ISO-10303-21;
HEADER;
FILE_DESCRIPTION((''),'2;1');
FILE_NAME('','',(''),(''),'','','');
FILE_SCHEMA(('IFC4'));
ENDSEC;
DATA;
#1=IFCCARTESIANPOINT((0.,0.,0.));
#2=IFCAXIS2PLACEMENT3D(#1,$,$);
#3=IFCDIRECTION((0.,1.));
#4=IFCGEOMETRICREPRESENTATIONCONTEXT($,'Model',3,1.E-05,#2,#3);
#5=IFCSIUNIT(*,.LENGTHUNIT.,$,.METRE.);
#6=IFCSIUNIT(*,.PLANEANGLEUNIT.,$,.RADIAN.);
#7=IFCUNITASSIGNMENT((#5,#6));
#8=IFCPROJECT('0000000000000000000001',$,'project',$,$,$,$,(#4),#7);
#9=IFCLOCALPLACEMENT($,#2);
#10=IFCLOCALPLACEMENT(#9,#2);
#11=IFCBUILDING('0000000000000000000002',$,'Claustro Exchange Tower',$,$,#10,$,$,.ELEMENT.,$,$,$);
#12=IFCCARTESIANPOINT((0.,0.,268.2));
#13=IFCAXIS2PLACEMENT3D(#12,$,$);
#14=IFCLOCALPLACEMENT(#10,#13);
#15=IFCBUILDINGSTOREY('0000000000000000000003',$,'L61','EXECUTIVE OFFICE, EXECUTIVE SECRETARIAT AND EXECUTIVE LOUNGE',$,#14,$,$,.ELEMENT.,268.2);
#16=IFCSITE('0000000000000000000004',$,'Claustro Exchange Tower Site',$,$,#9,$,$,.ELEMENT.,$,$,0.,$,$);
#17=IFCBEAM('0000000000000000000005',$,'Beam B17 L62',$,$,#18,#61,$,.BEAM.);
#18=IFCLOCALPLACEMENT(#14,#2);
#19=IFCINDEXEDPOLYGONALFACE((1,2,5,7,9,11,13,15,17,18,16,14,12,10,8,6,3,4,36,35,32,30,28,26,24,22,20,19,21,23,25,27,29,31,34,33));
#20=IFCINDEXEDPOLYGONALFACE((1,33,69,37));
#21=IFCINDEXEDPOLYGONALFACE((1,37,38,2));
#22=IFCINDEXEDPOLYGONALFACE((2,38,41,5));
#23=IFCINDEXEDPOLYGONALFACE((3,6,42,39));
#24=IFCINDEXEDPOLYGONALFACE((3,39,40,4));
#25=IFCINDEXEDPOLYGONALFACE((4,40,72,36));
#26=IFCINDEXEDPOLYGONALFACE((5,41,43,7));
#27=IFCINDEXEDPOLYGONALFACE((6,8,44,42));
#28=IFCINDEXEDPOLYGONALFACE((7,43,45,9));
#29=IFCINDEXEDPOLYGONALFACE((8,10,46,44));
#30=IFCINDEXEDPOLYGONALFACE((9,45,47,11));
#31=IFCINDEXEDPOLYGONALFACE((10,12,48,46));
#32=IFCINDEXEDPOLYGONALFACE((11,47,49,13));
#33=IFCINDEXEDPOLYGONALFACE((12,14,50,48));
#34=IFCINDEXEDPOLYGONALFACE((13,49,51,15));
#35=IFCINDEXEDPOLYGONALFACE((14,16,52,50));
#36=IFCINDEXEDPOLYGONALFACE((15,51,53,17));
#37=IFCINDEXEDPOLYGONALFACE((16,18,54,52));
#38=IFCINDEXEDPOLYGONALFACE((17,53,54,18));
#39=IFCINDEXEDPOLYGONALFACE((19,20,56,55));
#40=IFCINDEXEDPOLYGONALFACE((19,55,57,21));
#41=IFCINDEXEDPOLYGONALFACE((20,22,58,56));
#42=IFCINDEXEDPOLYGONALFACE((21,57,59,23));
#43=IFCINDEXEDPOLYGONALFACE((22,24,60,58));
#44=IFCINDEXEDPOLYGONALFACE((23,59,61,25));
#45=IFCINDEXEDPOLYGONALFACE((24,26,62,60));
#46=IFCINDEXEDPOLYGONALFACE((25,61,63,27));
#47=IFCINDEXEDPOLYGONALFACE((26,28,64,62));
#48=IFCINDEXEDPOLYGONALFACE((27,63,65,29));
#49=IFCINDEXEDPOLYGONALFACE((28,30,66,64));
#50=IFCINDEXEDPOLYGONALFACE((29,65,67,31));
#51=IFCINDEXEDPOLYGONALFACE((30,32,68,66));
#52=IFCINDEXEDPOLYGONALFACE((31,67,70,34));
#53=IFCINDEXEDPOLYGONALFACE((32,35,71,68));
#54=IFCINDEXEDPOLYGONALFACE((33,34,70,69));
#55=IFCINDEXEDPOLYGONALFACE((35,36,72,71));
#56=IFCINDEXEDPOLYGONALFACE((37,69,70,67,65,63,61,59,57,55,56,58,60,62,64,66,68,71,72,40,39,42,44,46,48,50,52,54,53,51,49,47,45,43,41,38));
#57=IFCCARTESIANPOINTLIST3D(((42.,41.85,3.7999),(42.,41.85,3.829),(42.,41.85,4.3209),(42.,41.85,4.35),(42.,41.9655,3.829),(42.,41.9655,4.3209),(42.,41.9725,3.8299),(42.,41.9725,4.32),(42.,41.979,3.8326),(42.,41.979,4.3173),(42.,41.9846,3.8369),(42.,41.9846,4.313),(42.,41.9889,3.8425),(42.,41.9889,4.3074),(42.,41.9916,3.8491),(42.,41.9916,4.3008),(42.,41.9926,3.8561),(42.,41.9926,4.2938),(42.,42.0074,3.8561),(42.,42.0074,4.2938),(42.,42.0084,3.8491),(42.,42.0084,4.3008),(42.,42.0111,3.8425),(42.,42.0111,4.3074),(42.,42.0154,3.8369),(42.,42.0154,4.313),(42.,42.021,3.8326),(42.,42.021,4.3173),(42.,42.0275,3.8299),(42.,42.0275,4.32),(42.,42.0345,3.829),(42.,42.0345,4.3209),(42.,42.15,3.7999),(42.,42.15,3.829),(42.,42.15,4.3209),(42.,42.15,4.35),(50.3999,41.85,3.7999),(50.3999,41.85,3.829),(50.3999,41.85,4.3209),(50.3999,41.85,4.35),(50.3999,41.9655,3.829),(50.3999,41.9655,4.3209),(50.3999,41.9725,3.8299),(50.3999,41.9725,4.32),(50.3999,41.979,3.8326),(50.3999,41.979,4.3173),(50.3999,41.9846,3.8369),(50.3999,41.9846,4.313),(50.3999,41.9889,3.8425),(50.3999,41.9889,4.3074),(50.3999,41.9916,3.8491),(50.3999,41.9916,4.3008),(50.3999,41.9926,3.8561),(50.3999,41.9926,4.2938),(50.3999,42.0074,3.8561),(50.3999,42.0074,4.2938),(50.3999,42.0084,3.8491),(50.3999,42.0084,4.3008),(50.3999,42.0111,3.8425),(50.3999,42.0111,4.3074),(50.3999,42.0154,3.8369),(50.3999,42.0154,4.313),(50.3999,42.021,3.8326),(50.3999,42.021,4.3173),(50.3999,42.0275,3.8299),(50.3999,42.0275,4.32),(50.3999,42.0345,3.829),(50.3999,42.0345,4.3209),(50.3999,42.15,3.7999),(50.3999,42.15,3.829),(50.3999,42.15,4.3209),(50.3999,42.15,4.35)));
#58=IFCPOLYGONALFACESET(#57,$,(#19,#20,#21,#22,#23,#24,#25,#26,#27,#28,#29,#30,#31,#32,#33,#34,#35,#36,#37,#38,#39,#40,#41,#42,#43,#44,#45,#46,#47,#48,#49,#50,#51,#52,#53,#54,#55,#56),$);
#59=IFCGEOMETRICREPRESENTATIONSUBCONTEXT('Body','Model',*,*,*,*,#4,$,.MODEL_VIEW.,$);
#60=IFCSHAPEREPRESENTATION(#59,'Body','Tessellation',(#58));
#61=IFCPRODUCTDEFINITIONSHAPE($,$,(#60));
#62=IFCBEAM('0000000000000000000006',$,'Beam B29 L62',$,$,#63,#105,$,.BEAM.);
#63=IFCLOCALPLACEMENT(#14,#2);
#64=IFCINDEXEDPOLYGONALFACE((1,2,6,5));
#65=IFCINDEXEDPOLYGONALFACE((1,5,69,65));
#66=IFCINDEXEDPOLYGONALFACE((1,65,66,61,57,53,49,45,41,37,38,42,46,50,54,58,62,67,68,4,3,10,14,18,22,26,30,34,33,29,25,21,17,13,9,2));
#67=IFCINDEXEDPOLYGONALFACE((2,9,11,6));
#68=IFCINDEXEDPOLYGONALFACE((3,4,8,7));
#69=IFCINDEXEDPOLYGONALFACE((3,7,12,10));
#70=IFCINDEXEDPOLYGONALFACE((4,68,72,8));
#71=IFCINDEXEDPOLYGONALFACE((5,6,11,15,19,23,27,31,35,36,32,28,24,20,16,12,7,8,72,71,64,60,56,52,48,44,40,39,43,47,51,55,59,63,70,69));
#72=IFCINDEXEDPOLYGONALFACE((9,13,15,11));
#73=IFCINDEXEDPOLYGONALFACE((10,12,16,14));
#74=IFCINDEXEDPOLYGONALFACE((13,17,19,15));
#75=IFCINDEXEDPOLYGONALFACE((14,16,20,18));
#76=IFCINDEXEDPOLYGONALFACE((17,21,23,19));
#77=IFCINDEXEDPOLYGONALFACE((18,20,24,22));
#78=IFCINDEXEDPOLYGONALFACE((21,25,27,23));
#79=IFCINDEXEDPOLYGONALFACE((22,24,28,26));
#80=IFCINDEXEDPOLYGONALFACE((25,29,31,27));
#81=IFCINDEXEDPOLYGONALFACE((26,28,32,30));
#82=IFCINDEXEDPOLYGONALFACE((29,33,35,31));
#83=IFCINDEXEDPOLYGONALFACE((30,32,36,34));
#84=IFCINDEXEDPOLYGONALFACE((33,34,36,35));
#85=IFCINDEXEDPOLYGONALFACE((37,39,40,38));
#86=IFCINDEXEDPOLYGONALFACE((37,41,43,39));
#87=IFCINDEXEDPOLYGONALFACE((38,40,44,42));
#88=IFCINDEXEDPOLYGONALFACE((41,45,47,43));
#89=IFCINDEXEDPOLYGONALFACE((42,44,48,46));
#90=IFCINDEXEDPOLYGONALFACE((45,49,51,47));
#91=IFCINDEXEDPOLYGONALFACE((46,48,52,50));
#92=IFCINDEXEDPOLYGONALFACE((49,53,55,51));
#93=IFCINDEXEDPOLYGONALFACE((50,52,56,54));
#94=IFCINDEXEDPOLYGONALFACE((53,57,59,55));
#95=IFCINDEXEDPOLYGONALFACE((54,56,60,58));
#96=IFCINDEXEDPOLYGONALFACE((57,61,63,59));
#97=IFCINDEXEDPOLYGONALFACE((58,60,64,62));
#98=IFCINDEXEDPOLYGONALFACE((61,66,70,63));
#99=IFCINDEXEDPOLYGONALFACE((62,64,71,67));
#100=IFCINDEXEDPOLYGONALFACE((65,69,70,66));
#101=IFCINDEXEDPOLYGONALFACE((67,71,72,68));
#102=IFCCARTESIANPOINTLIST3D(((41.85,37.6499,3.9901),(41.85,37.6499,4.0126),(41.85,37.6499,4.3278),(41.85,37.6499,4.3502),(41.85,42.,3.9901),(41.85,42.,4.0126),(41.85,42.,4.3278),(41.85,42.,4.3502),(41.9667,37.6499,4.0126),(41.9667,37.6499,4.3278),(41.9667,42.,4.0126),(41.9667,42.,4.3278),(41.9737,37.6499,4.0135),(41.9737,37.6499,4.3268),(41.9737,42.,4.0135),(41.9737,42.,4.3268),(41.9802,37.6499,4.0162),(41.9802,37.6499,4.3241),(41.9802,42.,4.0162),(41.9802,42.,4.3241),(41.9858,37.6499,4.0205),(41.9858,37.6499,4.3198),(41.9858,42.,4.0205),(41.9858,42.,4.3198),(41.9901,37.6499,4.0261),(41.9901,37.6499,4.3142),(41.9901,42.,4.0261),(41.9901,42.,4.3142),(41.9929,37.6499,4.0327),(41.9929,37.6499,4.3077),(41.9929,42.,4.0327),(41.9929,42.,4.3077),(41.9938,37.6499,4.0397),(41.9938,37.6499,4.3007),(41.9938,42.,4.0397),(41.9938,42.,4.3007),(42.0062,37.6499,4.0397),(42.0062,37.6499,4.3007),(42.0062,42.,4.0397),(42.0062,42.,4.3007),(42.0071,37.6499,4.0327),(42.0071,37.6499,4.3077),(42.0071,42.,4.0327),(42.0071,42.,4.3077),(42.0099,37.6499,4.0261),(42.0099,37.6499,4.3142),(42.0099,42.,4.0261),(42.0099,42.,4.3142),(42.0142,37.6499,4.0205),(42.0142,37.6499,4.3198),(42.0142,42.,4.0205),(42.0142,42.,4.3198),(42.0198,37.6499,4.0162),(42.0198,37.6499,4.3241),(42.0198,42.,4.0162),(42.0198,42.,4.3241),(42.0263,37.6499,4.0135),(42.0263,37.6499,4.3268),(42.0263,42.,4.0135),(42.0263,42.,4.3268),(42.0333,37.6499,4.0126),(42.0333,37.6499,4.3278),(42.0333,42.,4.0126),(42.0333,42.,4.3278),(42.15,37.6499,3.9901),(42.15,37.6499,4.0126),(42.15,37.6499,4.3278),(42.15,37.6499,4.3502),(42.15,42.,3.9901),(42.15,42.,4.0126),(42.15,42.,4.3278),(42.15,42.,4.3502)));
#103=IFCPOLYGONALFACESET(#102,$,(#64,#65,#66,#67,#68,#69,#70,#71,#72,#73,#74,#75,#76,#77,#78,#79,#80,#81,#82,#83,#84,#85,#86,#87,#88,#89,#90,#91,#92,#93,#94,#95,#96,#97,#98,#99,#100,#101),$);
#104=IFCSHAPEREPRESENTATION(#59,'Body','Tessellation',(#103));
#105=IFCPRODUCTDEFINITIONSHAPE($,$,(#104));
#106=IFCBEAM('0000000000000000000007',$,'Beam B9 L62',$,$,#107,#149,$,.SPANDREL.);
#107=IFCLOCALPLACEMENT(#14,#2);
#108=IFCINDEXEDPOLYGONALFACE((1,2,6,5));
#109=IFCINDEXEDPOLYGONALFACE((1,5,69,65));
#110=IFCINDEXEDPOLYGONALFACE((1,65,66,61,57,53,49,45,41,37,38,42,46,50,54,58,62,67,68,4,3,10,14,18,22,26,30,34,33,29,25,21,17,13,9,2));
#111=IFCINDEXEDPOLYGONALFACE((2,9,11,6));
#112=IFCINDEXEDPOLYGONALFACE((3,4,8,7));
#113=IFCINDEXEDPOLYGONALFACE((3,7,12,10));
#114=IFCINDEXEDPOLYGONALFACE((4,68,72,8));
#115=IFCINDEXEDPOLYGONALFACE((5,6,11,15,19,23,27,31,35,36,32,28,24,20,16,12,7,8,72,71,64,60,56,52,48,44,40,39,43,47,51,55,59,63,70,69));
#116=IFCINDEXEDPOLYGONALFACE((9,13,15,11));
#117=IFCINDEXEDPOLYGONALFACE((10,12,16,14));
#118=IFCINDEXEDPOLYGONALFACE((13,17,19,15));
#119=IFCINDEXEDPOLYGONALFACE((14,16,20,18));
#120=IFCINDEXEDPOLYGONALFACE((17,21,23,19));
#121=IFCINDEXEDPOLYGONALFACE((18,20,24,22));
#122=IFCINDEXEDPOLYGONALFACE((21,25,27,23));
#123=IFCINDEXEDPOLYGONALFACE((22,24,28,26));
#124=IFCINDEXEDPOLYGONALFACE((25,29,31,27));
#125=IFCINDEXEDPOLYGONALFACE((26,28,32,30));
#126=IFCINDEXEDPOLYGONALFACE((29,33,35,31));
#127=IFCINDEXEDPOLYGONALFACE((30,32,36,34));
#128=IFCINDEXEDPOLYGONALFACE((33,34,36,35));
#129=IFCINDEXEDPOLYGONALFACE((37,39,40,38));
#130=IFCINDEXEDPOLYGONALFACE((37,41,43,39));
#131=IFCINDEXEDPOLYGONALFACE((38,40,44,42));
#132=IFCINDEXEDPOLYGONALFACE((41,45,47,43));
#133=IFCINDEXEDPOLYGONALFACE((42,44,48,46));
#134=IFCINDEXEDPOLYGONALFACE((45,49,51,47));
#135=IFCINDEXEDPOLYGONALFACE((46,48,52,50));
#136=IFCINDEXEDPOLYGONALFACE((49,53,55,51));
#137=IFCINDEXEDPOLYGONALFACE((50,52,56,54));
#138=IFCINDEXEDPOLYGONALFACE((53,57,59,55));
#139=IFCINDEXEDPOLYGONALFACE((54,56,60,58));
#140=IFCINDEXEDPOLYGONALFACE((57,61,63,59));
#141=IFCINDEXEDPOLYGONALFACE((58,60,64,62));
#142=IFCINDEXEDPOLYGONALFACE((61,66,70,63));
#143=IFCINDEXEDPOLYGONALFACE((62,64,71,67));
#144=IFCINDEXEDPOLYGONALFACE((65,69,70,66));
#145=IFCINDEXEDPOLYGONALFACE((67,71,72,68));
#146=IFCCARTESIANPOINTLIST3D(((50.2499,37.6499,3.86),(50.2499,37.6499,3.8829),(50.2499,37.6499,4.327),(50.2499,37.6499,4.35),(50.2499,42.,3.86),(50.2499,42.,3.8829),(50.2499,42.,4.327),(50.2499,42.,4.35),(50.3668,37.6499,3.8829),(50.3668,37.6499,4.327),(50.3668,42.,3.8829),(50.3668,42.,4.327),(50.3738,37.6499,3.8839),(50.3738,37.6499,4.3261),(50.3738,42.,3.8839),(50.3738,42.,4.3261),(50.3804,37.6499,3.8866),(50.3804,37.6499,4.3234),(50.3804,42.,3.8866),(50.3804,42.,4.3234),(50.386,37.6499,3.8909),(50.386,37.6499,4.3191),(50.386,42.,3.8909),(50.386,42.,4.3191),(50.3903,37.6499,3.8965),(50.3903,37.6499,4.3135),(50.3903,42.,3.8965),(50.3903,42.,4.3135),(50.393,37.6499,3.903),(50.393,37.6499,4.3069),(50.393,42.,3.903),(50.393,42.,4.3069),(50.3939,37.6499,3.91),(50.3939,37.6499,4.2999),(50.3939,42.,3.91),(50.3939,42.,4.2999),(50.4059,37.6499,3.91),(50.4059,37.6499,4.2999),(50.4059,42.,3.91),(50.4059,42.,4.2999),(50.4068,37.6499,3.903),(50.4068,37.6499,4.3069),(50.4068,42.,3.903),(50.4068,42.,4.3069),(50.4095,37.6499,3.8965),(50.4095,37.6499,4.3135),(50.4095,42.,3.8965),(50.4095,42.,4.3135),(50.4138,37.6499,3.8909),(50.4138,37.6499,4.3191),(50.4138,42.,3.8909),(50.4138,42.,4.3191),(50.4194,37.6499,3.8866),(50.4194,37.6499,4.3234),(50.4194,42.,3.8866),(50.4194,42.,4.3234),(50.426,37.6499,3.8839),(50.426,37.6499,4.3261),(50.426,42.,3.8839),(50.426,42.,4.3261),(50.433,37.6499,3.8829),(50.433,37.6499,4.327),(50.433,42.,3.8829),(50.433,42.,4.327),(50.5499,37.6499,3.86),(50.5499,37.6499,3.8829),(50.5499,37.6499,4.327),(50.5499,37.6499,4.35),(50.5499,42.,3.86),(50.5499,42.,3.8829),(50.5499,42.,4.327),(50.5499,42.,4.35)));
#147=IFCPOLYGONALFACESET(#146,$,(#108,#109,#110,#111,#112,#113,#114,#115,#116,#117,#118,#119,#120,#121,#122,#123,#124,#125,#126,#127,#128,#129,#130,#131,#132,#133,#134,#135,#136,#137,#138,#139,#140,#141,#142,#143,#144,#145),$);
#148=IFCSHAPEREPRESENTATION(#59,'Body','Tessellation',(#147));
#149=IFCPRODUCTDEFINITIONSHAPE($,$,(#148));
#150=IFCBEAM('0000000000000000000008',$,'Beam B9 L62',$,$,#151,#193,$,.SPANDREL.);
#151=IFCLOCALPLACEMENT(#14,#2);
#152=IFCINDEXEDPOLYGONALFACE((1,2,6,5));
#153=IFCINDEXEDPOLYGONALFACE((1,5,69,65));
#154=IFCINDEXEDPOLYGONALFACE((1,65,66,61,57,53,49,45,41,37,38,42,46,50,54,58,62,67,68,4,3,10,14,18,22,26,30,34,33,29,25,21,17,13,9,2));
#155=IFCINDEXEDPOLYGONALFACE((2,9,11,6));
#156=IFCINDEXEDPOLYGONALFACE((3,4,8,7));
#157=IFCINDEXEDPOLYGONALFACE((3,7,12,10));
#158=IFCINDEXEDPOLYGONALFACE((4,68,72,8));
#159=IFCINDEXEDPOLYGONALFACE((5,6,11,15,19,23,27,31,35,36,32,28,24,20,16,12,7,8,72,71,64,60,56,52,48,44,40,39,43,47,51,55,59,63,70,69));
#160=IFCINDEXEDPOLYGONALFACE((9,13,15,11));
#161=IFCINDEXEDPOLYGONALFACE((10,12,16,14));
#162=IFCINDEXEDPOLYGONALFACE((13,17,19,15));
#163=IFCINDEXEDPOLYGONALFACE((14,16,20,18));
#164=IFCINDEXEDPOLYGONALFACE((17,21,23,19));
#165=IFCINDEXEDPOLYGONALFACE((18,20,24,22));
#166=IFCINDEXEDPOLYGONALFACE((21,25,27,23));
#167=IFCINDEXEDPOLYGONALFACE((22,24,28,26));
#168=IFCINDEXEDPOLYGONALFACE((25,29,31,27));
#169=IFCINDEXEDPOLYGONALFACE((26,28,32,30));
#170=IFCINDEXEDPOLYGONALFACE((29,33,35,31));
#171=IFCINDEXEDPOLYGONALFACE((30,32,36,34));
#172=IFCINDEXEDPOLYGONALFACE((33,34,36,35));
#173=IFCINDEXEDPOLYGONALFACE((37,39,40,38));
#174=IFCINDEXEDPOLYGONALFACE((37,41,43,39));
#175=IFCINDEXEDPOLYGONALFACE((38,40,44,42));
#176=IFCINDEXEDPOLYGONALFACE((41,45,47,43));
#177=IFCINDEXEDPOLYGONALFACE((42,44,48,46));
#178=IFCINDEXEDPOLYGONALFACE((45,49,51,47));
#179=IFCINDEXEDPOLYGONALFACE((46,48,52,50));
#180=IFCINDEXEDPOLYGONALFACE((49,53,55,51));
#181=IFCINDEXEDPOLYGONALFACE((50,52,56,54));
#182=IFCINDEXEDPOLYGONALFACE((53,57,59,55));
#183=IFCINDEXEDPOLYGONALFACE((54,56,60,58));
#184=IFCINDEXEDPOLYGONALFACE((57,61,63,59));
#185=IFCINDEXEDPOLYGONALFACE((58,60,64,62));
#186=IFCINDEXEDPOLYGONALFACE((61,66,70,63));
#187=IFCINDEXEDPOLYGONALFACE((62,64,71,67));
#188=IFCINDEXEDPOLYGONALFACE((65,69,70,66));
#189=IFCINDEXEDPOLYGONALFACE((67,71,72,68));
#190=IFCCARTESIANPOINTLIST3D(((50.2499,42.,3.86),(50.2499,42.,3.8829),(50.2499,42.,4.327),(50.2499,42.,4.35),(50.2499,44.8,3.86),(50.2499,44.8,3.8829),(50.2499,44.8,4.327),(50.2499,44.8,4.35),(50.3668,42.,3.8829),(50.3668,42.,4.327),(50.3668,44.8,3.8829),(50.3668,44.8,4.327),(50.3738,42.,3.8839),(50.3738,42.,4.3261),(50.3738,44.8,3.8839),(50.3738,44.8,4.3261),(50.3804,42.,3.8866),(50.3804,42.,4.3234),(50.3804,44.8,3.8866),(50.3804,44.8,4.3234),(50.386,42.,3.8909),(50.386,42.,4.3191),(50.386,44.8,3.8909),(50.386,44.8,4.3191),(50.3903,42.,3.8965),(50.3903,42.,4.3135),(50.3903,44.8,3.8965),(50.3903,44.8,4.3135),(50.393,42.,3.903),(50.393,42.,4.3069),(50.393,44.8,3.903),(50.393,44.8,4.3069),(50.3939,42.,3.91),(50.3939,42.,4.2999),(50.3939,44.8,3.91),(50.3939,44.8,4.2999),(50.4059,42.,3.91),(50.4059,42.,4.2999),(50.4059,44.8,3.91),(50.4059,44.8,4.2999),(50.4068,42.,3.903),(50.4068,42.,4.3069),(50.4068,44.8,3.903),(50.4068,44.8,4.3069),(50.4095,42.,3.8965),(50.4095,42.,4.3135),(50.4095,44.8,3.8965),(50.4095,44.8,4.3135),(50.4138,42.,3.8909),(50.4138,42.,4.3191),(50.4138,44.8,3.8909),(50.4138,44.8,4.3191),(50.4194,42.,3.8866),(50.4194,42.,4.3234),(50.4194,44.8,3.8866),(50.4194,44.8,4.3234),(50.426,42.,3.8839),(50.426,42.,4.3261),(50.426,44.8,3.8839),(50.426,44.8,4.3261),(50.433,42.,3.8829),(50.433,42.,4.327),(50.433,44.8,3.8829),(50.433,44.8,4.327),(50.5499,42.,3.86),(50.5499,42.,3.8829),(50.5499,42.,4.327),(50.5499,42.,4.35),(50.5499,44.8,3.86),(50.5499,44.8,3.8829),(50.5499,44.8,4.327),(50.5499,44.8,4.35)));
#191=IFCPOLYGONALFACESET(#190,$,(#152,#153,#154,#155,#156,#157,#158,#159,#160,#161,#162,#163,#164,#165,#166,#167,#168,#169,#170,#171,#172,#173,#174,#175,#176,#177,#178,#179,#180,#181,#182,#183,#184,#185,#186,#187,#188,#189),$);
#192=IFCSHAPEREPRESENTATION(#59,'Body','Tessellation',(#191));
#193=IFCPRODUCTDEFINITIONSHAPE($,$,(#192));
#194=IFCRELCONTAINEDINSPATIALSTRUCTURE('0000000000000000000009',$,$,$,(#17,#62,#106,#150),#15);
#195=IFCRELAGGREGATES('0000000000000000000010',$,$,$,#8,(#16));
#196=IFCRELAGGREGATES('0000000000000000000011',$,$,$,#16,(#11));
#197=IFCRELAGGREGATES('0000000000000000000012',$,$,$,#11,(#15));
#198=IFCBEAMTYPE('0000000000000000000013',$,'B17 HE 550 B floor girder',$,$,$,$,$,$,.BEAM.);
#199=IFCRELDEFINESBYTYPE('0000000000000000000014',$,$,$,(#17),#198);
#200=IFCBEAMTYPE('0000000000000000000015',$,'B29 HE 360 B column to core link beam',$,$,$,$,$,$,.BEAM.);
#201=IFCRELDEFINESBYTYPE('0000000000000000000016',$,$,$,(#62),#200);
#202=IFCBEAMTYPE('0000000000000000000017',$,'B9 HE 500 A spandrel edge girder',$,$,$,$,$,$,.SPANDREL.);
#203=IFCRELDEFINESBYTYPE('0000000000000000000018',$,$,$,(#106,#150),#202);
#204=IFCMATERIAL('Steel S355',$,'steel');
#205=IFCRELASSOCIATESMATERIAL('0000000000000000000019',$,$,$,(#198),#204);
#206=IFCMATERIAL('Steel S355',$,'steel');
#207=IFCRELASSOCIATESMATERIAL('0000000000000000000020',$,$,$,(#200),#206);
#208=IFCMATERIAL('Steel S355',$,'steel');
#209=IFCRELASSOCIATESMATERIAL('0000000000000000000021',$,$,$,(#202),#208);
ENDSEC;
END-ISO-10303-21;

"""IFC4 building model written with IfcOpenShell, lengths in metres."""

from ifc_helpers import new_model, si_unit, direction, frame, origin, origin_2d, place, context, subcontext, project, spatial, i_section, extrude, material, material_profile, profile_set, type_object, element, save


model = new_model("IFC4")

# Units and contexts
model_context = context("Model", 3, precision=1e-05, world=origin(), true_north=direction((0.0, 1.0)))
body_context = subcontext(model_context, "Body", "Model", "MODEL_VIEW")
ifc_project = project(units=[si_unit("LENGTHUNIT", "METRE"), si_unit("PLANEANGLEUNIT", "RADIAN")], contexts=[model_context])

# Site, building, storey
site_placement = place(None, origin())
site = spatial("IfcSite", under=ifc_project, at=site_placement, Name="Claustro Exchange Tower Site", CompositionType="ELEMENT", RefElevation=0.0)
building_placement = place(site_placement, origin())
building = spatial("IfcBuilding", under=site, at=building_placement, Name="Claustro Exchange Tower", CompositionType="ELEMENT")
storey_placement = place(building_placement, frame((0.0, 0.0, 268.2)))
storey = spatial("IfcBuildingStorey", under=building, at=storey_placement, Name="L61", Description="EXECUTIVE OFFICE, EXECUTIVE SECRETARIAT AND EXECUTIVE LOUNGE", CompositionType="ELEMENT", Elevation=268.2)

# Beams
ifc_material_1 = material(Name="Steel S355", Category="steel")
ifc_material_profile_1 = material_profile(ifc_material_1, i_section(OverallWidth=0.3, OverallDepth=0.55, WebThickness=0.0149, FlangeThickness=0.0291, FilletRadius=0.0271, at=origin_2d()), Name="HE 550 B")
ifc_profile_set_1 = profile_set([ifc_material_profile_1], Name="Steel S355")
beam_type_1 = type_object("IfcBeamType", Name="B17 HE 550 B floor girder", PredefinedType="BEAM", material=ifc_profile_set_1)
beam_1_placement = place(storey_placement, frame((42.0, 42.0, 4.075), z_axis=(1.0, 0.0, 0.0), x_axis=(0.0, 1.0, 0.0)))
element("IfcBeam", 1, at=beam_1_placement, inside=storey, type_object=beam_type_1, Name="Beam B17 L62", PredefinedType="BEAM", context=body_context, shape_type="SweptSolid", body=[
    extrude(i_section(OverallWidth=0.3, OverallDepth=0.55, WebThickness=0.0149, FlangeThickness=0.0291, FilletRadius=0.0271, at=origin_2d()), origin(), (0.0, 0.0, 1.0), 8.3999),
])
ifc_material_2 = material(Name="Steel S355", Category="steel")
ifc_material_profile_2 = material_profile(ifc_material_2, i_section(OverallWidth=0.3, OverallDepth=0.3601, WebThickness=0.0125, FlangeThickness=0.0225, FilletRadius=0.0271, at=origin_2d()), Name="HE 360 B")
ifc_profile_set_2 = profile_set([ifc_material_profile_2], Name="Steel S355")
beam_type_2 = type_object("IfcBeamType", Name="B29 HE 360 B column to core link beam", PredefinedType="BEAM", material=ifc_profile_set_2)
beam_2_placement = place(storey_placement, frame((42.0, 37.6499, 4.1702), z_axis=(0.0, 1.0, 0.0), x_axis=(-1.0, 0.0, 0.0)))
element("IfcBeam", 2, at=beam_2_placement, inside=storey, type_object=beam_type_2, Name="Beam B29 L62", PredefinedType="BEAM", context=body_context, shape_type="SweptSolid", body=[
    extrude(i_section(OverallWidth=0.3, OverallDepth=0.3601, WebThickness=0.0125, FlangeThickness=0.0225, FilletRadius=0.0271, at=origin_2d()), origin(), (0.0, 0.0, 1.0), 4.3501),
])
ifc_material_3 = material(Name="Steel S355", Category="steel")
ifc_material_profile_3 = material_profile(ifc_material_3, i_section(OverallWidth=0.3, OverallDepth=0.49, WebThickness=0.012, FlangeThickness=0.0229, FilletRadius=0.0271, at=origin_2d()), Name="HE 500 A")
ifc_profile_set_3 = profile_set([ifc_material_profile_3], Name="Steel S355")
beam_type_3 = type_object("IfcBeamType", Name="B9 HE 500 A spandrel edge girder", PredefinedType="SPANDREL", material=ifc_profile_set_3)
beam_3_placement = place(storey_placement, frame((50.3999, 37.6499, 4.105), z_axis=(0.0, 1.0, 0.0), x_axis=(-1.0, 0.0, 0.0)))
element("IfcBeam", 3, at=beam_3_placement, inside=storey, type_object=beam_type_3, Name="Beam B9 L62", PredefinedType="SPANDREL", context=body_context, shape_type="SweptSolid", body=[
    extrude(i_section(OverallWidth=0.3, OverallDepth=0.49, WebThickness=0.012, FlangeThickness=0.0229, FilletRadius=0.0271, at=origin_2d()), origin(), (0.0, 0.0, 1.0), 4.3501),
])
beam_4_placement = place(storey_placement, frame((50.3999, 42.0, 4.105), z_axis=(0.0, 1.0, 0.0), x_axis=(-1.0, 0.0, 0.0)))
element("IfcBeam", 4, at=beam_4_placement, inside=storey, type_object=beam_type_3, Name="Beam B9 L62", PredefinedType="SPANDREL", context=body_context, shape_type="SweptSolid", body=[
    extrude(i_section(OverallWidth=0.3, OverallDepth=0.49, WebThickness=0.012, FlangeThickness=0.0229, FilletRadius=0.0271, at=origin_2d()), origin(), (0.0, 0.0, 1.0), 2.8),
])

save(model, "model.ifc")
